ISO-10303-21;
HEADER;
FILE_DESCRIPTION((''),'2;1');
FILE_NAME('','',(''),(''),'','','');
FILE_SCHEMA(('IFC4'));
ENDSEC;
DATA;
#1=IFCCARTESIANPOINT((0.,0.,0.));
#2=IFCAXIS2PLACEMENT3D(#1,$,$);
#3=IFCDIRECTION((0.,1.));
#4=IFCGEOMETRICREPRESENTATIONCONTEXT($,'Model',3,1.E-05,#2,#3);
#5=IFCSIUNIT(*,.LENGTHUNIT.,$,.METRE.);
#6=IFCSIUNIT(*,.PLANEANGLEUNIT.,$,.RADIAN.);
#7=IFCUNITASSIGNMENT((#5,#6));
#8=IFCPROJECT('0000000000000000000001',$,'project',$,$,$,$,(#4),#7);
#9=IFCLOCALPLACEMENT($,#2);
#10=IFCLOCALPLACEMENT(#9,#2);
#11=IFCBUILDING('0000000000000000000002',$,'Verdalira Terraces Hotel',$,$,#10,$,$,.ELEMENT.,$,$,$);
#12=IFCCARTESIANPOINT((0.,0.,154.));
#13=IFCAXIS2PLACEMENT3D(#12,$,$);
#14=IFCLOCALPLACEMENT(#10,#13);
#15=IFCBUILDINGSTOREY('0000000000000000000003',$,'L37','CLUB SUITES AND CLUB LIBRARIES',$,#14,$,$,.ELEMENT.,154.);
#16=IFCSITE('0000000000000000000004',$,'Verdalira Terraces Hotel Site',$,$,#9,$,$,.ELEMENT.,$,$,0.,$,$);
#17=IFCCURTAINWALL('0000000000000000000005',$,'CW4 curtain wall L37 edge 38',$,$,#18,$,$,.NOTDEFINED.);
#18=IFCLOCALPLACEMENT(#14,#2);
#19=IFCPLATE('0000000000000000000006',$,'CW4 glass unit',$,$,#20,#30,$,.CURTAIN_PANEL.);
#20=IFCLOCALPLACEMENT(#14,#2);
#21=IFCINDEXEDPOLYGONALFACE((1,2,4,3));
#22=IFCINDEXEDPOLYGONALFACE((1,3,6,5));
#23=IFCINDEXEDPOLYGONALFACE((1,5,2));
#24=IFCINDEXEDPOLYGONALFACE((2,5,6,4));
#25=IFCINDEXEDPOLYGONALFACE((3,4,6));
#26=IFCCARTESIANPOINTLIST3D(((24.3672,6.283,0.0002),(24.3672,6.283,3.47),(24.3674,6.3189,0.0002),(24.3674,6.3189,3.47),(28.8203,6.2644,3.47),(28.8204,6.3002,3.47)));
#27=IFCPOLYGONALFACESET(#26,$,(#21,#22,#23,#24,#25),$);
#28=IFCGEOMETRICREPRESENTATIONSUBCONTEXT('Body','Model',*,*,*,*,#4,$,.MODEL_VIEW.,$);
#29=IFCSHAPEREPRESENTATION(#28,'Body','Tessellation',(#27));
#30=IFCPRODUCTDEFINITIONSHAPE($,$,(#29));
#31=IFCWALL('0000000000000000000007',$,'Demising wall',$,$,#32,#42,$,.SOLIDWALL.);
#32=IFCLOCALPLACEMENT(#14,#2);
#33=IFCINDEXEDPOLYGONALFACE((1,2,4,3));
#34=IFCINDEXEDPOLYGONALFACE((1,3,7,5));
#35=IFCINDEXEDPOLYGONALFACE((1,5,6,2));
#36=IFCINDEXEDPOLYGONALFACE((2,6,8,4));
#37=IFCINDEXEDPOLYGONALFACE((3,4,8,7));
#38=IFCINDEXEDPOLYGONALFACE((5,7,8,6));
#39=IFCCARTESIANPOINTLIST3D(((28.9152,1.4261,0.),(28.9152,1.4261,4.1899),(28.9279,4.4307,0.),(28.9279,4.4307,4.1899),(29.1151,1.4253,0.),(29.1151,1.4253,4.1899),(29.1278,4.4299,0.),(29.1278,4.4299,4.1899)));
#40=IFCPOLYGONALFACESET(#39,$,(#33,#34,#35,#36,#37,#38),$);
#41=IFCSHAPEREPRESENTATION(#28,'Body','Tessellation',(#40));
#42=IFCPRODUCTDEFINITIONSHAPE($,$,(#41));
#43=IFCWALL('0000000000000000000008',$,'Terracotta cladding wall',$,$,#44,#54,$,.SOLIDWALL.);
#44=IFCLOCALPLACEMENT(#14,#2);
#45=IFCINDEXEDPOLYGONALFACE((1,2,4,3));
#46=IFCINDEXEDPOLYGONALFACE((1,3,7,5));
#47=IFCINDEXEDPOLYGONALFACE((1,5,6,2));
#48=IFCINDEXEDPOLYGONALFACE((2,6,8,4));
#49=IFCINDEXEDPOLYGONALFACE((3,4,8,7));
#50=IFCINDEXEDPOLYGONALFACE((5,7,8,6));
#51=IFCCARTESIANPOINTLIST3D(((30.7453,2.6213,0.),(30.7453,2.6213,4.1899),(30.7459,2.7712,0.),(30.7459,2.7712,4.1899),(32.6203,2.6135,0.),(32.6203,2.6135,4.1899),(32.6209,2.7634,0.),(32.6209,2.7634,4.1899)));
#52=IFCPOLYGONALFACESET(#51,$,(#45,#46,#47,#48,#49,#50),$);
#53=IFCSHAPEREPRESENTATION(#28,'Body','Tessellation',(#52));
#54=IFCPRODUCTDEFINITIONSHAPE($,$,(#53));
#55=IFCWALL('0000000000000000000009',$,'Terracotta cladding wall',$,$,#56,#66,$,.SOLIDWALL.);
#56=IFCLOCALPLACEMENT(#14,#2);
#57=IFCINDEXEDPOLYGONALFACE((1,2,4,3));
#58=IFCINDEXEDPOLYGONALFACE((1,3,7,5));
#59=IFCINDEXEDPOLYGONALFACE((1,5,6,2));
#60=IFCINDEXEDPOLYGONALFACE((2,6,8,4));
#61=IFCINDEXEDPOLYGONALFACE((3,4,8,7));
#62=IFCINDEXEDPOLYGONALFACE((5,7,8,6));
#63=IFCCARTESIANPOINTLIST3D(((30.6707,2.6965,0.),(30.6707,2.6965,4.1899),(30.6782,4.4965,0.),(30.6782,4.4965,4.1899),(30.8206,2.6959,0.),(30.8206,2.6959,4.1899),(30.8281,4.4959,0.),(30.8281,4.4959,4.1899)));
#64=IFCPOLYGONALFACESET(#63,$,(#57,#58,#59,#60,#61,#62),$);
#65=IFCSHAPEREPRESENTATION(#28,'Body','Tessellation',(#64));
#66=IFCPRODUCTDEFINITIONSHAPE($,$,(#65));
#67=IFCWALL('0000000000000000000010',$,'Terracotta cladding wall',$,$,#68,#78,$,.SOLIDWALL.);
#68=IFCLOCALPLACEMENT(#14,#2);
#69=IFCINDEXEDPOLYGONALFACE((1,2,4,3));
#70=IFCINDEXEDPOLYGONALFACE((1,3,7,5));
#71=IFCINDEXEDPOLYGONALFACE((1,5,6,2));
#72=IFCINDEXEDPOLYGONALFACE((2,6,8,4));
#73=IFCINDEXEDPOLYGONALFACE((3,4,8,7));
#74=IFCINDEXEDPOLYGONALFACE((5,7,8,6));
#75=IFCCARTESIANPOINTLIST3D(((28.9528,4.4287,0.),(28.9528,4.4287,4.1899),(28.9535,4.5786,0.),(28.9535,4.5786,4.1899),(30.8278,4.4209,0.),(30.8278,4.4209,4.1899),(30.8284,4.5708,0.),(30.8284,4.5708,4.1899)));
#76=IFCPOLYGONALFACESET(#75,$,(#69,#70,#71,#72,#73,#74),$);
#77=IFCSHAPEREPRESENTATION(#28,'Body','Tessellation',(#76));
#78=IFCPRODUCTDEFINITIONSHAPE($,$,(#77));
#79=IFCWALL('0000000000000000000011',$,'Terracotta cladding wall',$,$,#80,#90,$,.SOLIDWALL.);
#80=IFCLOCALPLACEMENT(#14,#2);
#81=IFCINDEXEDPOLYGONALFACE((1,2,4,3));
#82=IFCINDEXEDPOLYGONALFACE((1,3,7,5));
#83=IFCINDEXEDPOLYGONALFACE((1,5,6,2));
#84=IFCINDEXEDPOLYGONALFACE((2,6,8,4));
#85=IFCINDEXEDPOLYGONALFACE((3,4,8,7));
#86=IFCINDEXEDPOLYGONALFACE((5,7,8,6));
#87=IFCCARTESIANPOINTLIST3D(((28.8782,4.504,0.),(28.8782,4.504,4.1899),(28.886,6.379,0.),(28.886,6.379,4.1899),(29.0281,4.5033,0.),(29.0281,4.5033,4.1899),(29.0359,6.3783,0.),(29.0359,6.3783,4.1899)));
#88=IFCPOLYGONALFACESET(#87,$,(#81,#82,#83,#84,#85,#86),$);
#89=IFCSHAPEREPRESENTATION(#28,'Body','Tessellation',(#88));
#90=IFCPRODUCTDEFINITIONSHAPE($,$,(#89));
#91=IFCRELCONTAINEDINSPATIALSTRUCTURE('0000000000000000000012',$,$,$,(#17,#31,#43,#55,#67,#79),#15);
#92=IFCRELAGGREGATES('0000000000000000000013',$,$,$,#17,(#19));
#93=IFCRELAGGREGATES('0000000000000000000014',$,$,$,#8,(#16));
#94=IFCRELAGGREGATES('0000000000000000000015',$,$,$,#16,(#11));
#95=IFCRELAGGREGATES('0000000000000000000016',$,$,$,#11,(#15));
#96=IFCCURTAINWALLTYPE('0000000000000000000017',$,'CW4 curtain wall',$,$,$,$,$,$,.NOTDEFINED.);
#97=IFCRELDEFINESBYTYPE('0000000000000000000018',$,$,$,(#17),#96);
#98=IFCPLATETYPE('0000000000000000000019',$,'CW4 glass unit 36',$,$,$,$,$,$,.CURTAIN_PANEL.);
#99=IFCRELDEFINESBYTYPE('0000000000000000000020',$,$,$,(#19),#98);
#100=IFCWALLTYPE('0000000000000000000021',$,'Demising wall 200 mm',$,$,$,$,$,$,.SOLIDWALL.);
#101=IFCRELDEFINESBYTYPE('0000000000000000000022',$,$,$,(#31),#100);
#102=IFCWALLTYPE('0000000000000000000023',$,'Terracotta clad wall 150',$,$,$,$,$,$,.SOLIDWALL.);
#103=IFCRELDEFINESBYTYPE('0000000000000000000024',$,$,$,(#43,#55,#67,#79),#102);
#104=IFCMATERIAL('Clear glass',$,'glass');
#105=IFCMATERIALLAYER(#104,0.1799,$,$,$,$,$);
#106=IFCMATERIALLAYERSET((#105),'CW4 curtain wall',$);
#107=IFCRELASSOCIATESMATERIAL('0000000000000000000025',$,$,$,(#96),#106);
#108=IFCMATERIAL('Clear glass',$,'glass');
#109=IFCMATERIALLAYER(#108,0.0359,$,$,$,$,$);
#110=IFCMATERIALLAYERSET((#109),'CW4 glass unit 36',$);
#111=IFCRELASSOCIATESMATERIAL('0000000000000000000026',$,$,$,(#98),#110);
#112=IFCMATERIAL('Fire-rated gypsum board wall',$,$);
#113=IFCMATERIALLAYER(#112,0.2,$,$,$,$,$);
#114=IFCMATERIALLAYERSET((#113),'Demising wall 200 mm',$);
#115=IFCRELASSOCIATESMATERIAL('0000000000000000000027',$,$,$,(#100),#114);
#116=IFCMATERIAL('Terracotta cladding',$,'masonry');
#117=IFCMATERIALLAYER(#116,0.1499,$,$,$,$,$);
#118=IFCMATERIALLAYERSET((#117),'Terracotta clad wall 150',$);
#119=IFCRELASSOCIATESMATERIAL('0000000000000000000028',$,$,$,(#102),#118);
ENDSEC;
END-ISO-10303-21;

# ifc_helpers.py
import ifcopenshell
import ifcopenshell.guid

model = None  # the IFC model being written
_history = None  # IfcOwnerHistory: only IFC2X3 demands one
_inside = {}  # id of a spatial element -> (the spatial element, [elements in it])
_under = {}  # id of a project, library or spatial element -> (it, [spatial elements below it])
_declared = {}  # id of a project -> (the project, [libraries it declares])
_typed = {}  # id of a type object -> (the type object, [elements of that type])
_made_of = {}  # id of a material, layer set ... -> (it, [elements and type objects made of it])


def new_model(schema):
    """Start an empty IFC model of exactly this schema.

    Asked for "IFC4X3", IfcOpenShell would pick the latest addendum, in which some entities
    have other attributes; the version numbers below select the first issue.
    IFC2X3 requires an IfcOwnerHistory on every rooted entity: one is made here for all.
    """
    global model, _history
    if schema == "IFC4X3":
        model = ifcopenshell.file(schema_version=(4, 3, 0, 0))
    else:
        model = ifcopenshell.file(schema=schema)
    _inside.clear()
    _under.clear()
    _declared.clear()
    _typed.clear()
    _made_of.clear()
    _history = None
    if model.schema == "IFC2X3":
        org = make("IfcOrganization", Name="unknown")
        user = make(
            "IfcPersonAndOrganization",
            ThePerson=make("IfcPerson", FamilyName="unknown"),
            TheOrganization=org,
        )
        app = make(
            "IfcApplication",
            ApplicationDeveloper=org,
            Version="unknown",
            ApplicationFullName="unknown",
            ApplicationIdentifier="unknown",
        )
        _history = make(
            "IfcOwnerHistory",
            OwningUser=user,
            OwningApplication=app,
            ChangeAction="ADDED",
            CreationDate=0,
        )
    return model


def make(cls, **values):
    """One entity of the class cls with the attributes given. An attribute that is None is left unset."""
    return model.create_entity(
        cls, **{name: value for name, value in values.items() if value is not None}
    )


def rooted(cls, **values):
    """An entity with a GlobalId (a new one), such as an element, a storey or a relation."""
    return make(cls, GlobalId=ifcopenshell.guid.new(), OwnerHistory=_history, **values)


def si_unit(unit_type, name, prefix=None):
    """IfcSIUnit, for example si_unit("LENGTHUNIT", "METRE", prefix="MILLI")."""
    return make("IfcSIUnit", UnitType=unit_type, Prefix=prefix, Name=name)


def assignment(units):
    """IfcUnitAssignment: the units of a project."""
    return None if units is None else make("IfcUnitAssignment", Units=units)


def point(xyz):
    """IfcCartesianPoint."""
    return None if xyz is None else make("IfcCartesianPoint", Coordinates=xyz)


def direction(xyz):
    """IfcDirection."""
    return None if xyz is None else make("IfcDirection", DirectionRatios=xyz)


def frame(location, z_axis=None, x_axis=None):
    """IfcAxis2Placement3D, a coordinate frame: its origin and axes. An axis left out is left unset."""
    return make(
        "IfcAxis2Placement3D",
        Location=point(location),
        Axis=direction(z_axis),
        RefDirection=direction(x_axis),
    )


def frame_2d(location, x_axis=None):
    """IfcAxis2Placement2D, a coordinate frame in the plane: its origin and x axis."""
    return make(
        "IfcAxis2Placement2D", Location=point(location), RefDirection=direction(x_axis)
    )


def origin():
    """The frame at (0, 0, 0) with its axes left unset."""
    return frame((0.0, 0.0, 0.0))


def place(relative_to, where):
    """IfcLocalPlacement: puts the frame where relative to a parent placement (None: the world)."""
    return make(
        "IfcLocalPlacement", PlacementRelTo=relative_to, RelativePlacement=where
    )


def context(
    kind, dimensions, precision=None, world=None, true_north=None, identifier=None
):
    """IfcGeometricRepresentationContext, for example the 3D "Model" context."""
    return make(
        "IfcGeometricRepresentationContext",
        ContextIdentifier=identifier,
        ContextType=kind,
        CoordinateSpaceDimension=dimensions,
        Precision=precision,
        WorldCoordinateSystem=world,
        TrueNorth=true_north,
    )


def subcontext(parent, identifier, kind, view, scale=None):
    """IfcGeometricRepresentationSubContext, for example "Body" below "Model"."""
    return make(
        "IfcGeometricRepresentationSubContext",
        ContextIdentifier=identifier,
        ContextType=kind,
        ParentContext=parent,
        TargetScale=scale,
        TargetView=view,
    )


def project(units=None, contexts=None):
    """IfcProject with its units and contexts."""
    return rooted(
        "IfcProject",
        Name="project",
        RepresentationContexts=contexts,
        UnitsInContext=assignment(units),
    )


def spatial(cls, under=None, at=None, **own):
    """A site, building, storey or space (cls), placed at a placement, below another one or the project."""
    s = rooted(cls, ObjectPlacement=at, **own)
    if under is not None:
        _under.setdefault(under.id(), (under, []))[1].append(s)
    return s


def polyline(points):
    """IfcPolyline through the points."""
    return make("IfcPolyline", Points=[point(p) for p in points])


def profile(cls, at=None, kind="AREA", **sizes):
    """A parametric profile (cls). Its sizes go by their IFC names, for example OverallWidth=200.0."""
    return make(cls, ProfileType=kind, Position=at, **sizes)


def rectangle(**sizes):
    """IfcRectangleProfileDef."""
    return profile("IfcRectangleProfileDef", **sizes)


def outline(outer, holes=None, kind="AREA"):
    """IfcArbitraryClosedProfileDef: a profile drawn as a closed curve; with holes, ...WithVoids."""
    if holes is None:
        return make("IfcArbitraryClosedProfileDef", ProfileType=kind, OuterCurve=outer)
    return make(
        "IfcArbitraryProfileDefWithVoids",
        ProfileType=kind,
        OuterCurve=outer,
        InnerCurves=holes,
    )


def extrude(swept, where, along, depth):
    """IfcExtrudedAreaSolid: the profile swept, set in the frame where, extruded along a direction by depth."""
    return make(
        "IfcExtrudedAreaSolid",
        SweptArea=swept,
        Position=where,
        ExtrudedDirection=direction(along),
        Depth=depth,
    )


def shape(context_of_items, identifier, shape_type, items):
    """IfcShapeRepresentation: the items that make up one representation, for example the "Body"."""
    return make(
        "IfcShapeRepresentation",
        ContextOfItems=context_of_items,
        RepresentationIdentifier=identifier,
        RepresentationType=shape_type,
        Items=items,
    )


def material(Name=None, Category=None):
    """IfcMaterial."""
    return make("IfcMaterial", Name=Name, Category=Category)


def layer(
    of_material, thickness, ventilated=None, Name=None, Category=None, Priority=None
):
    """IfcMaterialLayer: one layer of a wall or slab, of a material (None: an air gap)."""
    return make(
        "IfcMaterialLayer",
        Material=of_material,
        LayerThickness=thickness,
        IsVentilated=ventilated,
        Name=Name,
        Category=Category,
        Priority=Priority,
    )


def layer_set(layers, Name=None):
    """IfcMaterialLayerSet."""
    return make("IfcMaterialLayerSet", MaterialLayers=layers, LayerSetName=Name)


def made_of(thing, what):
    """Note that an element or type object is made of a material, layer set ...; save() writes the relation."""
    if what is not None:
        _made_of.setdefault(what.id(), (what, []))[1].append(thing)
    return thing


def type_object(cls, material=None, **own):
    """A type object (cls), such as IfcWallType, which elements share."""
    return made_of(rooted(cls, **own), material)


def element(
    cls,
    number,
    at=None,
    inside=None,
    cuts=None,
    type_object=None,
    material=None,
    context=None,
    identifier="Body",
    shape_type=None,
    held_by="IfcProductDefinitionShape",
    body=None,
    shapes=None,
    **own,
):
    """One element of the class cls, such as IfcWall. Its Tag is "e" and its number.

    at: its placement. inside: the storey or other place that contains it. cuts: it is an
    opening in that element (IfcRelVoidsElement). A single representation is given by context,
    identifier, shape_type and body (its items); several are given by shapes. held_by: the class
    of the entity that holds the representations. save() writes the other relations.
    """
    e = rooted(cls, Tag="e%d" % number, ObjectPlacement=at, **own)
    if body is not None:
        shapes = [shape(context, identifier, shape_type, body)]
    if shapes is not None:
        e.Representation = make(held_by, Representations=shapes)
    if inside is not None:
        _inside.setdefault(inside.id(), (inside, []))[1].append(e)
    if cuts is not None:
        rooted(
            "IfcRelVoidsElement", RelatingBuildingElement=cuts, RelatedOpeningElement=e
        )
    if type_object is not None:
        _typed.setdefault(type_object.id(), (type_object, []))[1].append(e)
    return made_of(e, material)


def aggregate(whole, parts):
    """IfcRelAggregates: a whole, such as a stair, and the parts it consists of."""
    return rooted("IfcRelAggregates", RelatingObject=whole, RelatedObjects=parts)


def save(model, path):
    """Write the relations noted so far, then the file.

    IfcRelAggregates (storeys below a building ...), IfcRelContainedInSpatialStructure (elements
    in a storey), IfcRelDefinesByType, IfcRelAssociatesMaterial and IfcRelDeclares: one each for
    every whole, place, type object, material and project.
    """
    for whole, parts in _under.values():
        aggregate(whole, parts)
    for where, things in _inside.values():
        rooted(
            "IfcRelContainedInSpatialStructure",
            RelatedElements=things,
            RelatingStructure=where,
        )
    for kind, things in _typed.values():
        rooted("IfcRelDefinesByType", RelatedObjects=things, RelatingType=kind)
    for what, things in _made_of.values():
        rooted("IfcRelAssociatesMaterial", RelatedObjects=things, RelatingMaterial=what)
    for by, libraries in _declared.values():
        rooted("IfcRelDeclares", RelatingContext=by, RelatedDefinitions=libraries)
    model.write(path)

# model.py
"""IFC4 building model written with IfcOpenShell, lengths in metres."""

from ifc_helpers import new_model, si_unit, direction, frame, frame_2d, origin, place, context, subcontext, project, spatial, polyline, rectangle, outline, extrude, material, layer, layer_set, type_object, element, aggregate, save


model = new_model("IFC4")

# Units and contexts
model_context = context("Model", 3, precision=1e-05, world=origin(), true_north=direction((0.0, 1.0)))
body_context = subcontext(model_context, "Body", "Model", "MODEL_VIEW")
ifc_project = project(units=[si_unit("LENGTHUNIT", "METRE"), si_unit("PLANEANGLEUNIT", "RADIAN")], contexts=[model_context])

# Site, building, storey
site_placement = place(None, origin())
site = spatial("IfcSite", under=ifc_project, at=site_placement, Name="Verdalira Terraces Hotel Site", CompositionType="ELEMENT", RefElevation=0.0)
building_placement = place(site_placement, origin())
building = spatial("IfcBuilding", under=site, at=building_placement, Name="Verdalira Terraces Hotel", CompositionType="ELEMENT")
storey_placement = place(building_placement, frame((0.0, 0.0, 154.0)))
storey = spatial("IfcBuildingStorey", under=building, at=storey_placement, Name="L37", Description="CLUB SUITES AND CLUB LIBRARIES", CompositionType="ELEMENT", Elevation=154.0)

# Shared definitions
ifc_material_1 = material(Name="Clear glass", Category="glass")
ifc_layer_1 = layer(ifc_material_1, 0.1799)
ifc_layer_set_1 = layer_set([ifc_layer_1], Name="CW4 curtain wall")
curtain_wall_type = type_object("IfcCurtainWallType", Name="CW4 curtain wall", PredefinedType="NOTDEFINED", material=ifc_layer_set_1)

# Curtain wall
curtain_wall_1_placement = place(storey_placement, origin())
curtain_wall_1 = element("IfcCurtainWall", 1, at=curtain_wall_1_placement, inside=storey, type_object=curtain_wall_type, Name="CW4 curtain wall L37 edge 38", PredefinedType="NOTDEFINED")

# Plate
ifc_material_2 = material(Name="Clear glass", Category="glass")
ifc_layer_2 = layer(ifc_material_2, 0.0359)
ifc_layer_set_2 = layer_set([ifc_layer_2], Name="CW4 glass unit 36")
plate_type = type_object("IfcPlateType", Name="CW4 glass unit 36", PredefinedType="CURTAIN_PANEL", material=ifc_layer_set_2)
plate_1_placement = place(storey_placement, frame((26.5938, 6.2737, 1.7351), z_axis=(0.004189, 0.999991, 0.0), x_axis=(-0.999991, 0.004189, 0.0)))
plate_1 = element("IfcPlate", 2, at=plate_1_placement, type_object=plate_type, Name="CW4 glass unit", PredefinedType="CURTAIN_PANEL", context=body_context, shape_type="SweptSolid", body=[
    extrude(outline(polyline([(2.2266, -1.7349), (2.2266, 1.7349), (-2.2266, 1.7349), (2.2266, -1.7349)])), origin(), (0.0, 0.0, 1.0), 0.0359),
])
aggregate(curtain_wall_1, [plate_1])

# Walls
ifc_material_3 = material(Name="Fire-rated gypsum board wall")
ifc_layer_3 = layer(ifc_material_3, 0.2)
ifc_layer_set_3 = layer_set([ifc_layer_3], Name="Demising wall 200 mm")
wall_type_1 = type_object("IfcWallType", Name="Demising wall 200 mm", PredefinedType="SOLIDWALL", material=ifc_layer_set_3)
wall_1_placement = place(storey_placement, frame((29.0278, 4.4304, 0.0), z_axis=(0.0, 0.0, 1.0), x_axis=(-0.004225, -0.999991, 0.0)))
element("IfcWall", 3, at=wall_1_placement, inside=storey, type_object=wall_type_1, Name="Demising wall", PredefinedType="SOLIDWALL", context=body_context, shape_type="SweptSolid", body=[
    extrude(rectangle(XDim=3.0046, YDim=0.2, at=frame_2d((1.5024, 0.0))), origin(), (0.0, 0.0, 1.0), 4.1899),
])
ifc_material_4 = material(Name="Terracotta cladding", Category="masonry")
ifc_layer_4 = layer(ifc_material_4, 0.1499)
ifc_layer_set_4 = layer_set([ifc_layer_4], Name="Terracotta clad wall 150")
wall_type_2 = type_object("IfcWallType", Name="Terracotta clad wall 150", PredefinedType="SOLIDWALL", material=ifc_layer_set_4)
wall_2_placement = place(storey_placement, frame((32.6206, 2.6885, 0.0), z_axis=(0.0, 0.0, 1.0), x_axis=(-0.999991, 0.004167, 0.0)))
element("IfcWall", 4, at=wall_2_placement, inside=storey, type_object=wall_type_2, Name="Terracotta cladding wall", PredefinedType="SOLIDWALL", context=body_context, shape_type="SweptSolid", body=[
    extrude(rectangle(XDim=1.875, YDim=0.1499, at=frame_2d((0.9375, 0.0))), origin(), (0.0, 0.0, 1.0), 4.1899),
])
wall_3_placement = place(storey_placement, frame((30.7456, 2.6963, 0.0), z_axis=(0.0, 0.0, 1.0), x_axis=(0.004204, 0.999991, 0.0)))
element("IfcWall", 5, at=wall_3_placement, inside=storey, type_object=wall_type_2, Name="Terracotta cladding wall", PredefinedType="SOLIDWALL", context=body_context, shape_type="SweptSolid", body=[
    extrude(rectangle(XDim=1.8, YDim=0.1499, at=frame_2d((0.8999, 0.0))), origin(), (0.0, 0.0, 1.0), 4.1899),
])
for number, where, z_axis, x_axis, name in (
    (6, (30.8281, 4.4958, 0.0), (0.0, 0.0, 1.0), (-0.999991, 0.004167, 0.0), "Terracotta cladding wall"),
    (7, (28.9531, 4.5037, 0.0), (0.0, 0.0, 1.0), (0.004167, 0.999991, 0.0), "Terracotta cladding wall"),
):
    element("IfcWall", number, at=place(storey_placement, frame(where, z_axis=z_axis, x_axis=x_axis)), inside=storey, type_object=wall_type_2, Name=name, PredefinedType="SOLIDWALL", context=body_context, shape_type="SweptSolid", body=[
        extrude(rectangle(XDim=1.875, YDim=0.1499, at=frame_2d((0.9375, 0.0))), origin(), (0.0, 0.0, 1.0), 4.1899),
    ])

save(model, "model.ifc")
